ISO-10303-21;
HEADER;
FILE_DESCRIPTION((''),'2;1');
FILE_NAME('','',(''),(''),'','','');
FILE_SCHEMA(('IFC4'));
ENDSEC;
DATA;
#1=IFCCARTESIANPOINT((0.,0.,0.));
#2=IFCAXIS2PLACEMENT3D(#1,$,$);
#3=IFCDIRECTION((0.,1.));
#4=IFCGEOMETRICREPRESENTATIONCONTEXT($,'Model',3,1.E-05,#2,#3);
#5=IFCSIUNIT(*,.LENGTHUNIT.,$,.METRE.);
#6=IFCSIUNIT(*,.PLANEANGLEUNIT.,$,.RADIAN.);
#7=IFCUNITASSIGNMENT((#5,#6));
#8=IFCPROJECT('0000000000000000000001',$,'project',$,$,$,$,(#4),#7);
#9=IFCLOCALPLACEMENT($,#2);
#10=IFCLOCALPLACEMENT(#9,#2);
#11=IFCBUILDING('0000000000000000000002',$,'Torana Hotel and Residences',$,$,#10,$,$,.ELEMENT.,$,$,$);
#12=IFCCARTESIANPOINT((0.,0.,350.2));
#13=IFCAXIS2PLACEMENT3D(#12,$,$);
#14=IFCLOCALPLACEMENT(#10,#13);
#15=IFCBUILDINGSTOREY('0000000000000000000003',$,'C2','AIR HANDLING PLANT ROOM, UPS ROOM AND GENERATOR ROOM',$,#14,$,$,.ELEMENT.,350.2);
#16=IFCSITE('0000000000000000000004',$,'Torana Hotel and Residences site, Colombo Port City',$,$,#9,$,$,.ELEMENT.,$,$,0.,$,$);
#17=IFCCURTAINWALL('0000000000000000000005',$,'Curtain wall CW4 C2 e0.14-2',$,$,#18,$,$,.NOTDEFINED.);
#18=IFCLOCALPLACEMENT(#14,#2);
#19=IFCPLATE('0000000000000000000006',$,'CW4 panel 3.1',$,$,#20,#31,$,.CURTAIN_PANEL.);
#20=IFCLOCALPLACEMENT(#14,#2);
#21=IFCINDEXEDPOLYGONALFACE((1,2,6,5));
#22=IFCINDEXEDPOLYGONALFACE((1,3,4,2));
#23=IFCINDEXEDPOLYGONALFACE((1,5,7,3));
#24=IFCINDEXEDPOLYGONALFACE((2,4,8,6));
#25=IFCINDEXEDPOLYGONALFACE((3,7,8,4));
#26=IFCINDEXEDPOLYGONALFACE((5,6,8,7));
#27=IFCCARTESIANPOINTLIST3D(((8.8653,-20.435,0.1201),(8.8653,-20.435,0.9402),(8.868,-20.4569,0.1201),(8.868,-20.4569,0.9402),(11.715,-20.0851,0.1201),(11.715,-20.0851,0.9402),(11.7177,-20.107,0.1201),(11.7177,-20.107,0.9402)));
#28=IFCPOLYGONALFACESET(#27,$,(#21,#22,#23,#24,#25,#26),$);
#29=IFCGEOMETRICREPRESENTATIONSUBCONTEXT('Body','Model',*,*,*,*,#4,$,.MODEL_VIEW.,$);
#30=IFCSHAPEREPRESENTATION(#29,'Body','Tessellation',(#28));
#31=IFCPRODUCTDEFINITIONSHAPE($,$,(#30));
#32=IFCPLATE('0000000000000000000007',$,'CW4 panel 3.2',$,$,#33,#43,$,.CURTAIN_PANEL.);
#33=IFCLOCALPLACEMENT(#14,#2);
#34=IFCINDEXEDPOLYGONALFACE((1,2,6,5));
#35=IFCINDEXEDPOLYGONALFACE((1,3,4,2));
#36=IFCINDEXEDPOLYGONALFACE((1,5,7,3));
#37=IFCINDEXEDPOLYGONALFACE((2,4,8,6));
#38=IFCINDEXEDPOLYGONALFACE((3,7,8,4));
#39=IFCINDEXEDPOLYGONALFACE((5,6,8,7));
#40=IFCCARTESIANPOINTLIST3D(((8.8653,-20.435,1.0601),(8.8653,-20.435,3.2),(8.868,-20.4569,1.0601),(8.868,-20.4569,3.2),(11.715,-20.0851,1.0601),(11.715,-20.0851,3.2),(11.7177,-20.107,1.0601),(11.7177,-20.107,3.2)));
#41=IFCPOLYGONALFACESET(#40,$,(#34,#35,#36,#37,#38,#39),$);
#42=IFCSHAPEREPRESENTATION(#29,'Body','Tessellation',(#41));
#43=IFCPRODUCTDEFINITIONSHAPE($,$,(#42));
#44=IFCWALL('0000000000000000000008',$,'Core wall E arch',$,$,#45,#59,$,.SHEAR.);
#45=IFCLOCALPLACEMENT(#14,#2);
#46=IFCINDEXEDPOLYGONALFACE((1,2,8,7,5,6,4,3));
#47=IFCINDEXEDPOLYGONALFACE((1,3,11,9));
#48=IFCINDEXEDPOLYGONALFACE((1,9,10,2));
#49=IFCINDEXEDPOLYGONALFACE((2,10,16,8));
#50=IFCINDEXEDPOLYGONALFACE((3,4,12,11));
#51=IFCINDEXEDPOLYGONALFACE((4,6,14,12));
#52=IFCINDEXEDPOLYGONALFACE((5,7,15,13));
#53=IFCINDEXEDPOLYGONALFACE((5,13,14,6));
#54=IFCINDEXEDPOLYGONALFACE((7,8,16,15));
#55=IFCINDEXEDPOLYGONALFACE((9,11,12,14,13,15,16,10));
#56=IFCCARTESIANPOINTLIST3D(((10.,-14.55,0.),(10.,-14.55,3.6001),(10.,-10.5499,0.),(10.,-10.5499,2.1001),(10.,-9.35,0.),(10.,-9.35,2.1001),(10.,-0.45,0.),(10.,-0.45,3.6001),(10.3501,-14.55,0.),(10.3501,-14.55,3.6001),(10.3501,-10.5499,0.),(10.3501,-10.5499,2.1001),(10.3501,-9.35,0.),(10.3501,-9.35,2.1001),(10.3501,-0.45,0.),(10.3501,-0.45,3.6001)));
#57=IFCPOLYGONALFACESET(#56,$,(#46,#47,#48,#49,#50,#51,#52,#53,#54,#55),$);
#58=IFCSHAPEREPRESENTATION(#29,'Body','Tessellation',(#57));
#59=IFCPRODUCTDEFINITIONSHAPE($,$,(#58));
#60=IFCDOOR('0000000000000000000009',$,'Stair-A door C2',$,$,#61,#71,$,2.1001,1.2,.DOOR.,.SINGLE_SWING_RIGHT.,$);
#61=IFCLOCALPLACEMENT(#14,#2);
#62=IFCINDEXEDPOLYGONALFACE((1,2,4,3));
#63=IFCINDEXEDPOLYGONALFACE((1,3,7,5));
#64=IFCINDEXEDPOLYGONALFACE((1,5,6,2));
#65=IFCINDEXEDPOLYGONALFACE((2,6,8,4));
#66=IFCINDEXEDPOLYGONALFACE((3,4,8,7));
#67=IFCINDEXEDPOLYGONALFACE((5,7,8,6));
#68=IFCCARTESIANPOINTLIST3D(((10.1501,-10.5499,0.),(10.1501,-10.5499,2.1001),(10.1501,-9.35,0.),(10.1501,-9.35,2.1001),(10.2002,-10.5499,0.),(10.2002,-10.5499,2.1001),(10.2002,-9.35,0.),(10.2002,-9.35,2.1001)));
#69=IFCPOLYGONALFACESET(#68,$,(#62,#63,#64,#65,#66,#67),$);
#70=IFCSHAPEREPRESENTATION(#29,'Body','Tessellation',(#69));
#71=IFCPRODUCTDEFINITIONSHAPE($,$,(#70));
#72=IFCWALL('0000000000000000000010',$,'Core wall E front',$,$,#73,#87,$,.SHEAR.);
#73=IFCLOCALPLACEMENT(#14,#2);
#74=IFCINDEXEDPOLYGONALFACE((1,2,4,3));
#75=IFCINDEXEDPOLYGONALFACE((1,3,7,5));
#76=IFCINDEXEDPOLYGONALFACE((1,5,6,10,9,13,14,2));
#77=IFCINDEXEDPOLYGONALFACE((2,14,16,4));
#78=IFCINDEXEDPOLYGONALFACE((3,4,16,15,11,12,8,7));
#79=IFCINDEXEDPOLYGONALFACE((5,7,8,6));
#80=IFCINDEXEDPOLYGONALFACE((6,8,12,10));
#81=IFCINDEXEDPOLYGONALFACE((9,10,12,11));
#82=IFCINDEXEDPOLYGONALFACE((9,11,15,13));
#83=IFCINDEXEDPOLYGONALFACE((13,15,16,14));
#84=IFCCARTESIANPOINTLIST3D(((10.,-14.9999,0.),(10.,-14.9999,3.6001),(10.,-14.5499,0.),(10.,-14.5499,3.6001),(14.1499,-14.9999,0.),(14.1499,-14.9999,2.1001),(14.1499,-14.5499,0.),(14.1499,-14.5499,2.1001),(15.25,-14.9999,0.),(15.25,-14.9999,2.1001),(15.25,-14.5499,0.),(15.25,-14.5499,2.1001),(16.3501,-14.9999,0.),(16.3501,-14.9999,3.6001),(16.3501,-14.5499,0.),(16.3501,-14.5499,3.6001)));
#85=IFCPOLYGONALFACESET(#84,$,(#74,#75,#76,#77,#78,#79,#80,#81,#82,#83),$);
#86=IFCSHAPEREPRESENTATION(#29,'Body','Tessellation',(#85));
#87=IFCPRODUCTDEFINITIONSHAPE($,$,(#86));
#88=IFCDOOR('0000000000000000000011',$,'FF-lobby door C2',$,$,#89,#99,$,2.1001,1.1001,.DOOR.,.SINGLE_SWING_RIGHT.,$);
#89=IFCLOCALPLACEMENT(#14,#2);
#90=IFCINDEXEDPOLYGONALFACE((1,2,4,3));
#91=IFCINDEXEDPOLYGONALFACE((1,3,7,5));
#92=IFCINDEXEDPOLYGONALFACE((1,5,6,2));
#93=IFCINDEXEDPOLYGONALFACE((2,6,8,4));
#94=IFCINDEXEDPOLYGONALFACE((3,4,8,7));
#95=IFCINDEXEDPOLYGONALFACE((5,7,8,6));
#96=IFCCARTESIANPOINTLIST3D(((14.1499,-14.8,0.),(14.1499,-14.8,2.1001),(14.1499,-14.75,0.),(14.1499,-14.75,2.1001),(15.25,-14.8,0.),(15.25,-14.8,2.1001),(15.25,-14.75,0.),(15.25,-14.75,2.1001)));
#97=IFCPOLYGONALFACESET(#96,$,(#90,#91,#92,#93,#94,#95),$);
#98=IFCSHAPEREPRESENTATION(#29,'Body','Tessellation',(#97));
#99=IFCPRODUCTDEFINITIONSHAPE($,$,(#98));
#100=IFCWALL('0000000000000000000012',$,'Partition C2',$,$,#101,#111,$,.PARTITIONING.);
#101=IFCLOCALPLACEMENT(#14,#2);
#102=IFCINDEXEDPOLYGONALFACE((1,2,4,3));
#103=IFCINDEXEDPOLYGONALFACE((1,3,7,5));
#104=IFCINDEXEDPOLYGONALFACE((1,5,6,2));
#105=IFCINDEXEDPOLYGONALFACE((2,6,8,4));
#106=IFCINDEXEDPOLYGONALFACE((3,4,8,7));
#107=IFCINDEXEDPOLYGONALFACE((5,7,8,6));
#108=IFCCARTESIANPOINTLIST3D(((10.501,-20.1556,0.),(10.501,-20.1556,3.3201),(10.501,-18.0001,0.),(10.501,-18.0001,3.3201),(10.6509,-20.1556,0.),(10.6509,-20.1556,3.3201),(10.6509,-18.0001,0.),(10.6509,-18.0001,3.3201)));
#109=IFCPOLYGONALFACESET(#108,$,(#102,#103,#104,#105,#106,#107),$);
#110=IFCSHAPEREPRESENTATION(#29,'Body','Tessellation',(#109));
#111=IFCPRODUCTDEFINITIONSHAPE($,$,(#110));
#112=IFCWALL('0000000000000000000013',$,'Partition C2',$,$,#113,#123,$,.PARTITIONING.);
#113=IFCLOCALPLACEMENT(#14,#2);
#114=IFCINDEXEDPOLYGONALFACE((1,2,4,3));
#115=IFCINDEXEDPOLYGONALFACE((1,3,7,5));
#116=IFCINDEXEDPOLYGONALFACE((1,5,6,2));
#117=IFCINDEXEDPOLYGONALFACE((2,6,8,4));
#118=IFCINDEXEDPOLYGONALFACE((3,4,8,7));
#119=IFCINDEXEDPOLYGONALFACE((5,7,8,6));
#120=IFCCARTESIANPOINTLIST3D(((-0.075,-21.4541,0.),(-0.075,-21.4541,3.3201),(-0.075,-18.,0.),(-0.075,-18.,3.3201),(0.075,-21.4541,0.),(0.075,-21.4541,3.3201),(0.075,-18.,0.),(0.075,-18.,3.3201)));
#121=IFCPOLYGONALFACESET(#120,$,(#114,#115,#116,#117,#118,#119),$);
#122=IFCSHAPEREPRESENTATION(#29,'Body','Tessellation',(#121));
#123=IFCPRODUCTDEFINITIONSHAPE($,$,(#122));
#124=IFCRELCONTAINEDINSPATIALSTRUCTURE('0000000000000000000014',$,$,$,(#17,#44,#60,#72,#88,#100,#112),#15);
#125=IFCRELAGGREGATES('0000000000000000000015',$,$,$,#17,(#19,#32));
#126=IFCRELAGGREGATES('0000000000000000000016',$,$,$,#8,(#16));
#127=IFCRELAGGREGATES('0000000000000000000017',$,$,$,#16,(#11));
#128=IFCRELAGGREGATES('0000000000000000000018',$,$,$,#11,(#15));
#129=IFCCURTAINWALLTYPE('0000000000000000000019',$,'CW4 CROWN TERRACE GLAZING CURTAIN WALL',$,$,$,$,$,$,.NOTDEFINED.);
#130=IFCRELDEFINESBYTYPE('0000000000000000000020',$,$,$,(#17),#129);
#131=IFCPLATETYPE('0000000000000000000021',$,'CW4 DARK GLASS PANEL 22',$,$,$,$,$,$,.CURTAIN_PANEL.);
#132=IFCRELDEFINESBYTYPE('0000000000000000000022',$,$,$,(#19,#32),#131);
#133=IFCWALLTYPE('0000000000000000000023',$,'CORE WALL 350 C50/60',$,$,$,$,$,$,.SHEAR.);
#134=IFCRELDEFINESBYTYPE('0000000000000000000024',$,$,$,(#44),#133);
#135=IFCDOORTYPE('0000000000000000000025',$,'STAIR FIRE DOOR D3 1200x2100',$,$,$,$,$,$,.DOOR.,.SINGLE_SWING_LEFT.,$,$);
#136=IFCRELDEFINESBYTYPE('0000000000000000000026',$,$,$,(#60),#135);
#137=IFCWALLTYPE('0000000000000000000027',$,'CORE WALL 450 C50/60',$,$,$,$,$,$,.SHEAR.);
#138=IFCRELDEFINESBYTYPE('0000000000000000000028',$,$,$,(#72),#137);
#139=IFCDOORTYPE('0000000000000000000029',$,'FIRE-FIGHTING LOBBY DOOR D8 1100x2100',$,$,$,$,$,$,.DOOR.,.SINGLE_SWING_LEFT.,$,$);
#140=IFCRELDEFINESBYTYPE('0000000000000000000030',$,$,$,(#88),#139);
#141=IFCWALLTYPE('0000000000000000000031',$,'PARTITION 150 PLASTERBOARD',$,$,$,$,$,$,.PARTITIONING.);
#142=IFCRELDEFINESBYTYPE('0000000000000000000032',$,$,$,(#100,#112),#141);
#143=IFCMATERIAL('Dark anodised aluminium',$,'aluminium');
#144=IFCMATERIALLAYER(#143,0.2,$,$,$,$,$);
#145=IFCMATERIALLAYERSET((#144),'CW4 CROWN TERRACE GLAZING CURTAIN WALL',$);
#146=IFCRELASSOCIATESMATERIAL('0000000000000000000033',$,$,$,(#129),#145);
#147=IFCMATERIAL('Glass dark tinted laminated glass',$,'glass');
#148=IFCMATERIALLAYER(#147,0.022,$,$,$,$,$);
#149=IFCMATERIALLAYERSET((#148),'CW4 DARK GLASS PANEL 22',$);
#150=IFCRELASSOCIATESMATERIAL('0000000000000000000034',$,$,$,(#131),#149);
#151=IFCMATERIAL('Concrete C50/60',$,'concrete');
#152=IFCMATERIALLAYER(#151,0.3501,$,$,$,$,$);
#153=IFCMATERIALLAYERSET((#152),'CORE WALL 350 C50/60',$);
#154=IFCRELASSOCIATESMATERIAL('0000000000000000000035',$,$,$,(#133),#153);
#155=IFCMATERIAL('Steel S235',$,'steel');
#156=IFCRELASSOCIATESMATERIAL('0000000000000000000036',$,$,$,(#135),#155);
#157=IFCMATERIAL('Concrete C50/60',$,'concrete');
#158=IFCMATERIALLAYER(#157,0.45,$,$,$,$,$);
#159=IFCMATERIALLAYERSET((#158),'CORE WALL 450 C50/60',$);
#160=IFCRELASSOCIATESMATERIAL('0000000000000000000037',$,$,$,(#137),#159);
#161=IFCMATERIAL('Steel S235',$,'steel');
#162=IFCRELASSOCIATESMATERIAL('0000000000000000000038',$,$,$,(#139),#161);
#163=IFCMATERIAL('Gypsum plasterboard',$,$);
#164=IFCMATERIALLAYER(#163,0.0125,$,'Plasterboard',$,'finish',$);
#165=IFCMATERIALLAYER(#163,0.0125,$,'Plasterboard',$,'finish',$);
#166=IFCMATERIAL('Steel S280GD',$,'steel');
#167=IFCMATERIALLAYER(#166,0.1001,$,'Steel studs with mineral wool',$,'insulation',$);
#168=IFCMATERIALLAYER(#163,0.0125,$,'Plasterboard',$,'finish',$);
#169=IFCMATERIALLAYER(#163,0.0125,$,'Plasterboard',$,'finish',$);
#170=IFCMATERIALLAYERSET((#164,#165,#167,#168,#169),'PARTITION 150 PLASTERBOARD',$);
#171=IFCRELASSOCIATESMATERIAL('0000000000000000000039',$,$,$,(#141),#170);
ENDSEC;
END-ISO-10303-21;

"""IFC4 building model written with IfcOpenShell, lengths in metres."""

from ifc_helpers import new_model, si_unit, direction, frame, frame_2d, origin, origin_2d, place, context, subcontext, project, spatial, rectangle, extrude, material, layer, layer_set, type_object, element, fill, aggregate, save


model = new_model("IFC4")

# Units and contexts
model_context = context("Model", 3, precision=1e-05, world=origin(), true_north=direction((0.0, 1.0)))
body_context = subcontext(model_context, "Body", "Model", "MODEL_VIEW")
ifc_project = project(units=[si_unit("LENGTHUNIT", "METRE"), si_unit("PLANEANGLEUNIT", "RADIAN")], contexts=[model_context])

# Site, building, storey
site_placement = place(None, origin())
site = spatial("IfcSite", under=ifc_project, at=site_placement, Name="Torana Hotel and Residences site, Colombo Port City", CompositionType="ELEMENT", RefElevation=0.0)
building_placement = place(site_placement, origin())
building = spatial("IfcBuilding", under=site, at=building_placement, Name="Torana Hotel and Residences", CompositionType="ELEMENT")
storey_placement = place(building_placement, frame((0.0, 0.0, 350.2)))
storey = spatial("IfcBuildingStorey", under=building, at=storey_placement, Name="C2", Description="AIR HANDLING PLANT ROOM, UPS ROOM AND GENERATOR ROOM", CompositionType="ELEMENT", Elevation=350.2)

# Shared definitions
ifc_material_1 = material(Name="Dark anodised aluminium", Category="aluminium")
ifc_layer_1 = layer(ifc_material_1, 0.2)
ifc_layer_set_1 = layer_set([ifc_layer_1], Name="CW4 CROWN TERRACE GLAZING CURTAIN WALL")
curtain_wall_type = type_object("IfcCurtainWallType", Name="CW4 CROWN TERRACE GLAZING CURTAIN WALL", PredefinedType="NOTDEFINED", material=ifc_layer_set_1)

# Curtain wall, plates
curtain_wall_1_placement = place(storey_placement, origin())
curtain_wall_1 = element("IfcCurtainWall", 1, at=curtain_wall_1_placement, inside=storey, type_object=curtain_wall_type, Name="Curtain wall CW4 C2 e0.14-2", PredefinedType="NOTDEFINED")
ifc_material_2 = material(Name="Glass dark tinted laminated glass", Category="glass")
ifc_layer_2 = layer(ifc_material_2, 0.022)
ifc_layer_set_2 = layer_set([ifc_layer_2], Name="CW4 DARK GLASS PANEL 22")
plate_type = type_object("IfcPlateType", Name="CW4 DARK GLASS PANEL 22", PredefinedType="CURTAIN_PANEL", material=ifc_layer_set_2)
plate_1_placement = place(storey_placement, frame((10.2915, -20.271, 0.1201), z_axis=(0.0, 0.0, 1.0), x_axis=(0.992546, 0.12187, 0.0)))
plate_1 = element("IfcPlate", 2, at=plate_1_placement, type_object=plate_type, Name="CW4 panel 3.1", PredefinedType="CURTAIN_PANEL", context=body_context, shape_type="SweptSolid", body=[
    extrude(rectangle(XDim=2.8711, YDim=0.022, at=origin_2d()), origin(), (0.0, 0.0, 1.0), 0.8201),
])
plate_2_placement = place(storey_placement, frame((10.2915, -20.271, 1.0601), z_axis=(0.0, 0.0, 1.0), x_axis=(0.992546, 0.12187, 0.0)))
plate_2 = element("IfcPlate", 3, at=plate_2_placement, type_object=plate_type, Name="CW4 panel 3.2", PredefinedType="CURTAIN_PANEL", context=body_context, shape_type="SweptSolid", body=[
    extrude(rectangle(XDim=2.8711, YDim=0.022, at=origin_2d()), origin(), (0.0, 0.0, 1.0), 2.1399),
])
aggregate(curtain_wall_1, [plate_1, plate_2])

# Walls, openings, doors
ifc_material_3 = material(Name="Concrete C50/60", Category="concrete")
ifc_layer_3 = layer(ifc_material_3, 0.3501)
ifc_layer_set_3 = layer_set([ifc_layer_3], Name="CORE WALL 350 C50/60")
wall_type_1 = type_object("IfcWallType", Name="CORE WALL 350 C50/60", PredefinedType="SHEAR", material=ifc_layer_set_3)
wall_1_placement = place(storey_placement, frame((10.175, -14.55, 0.0), z_axis=(0.0, 0.0, 1.0), x_axis=(0.0, 1.0, 0.0)))
wall_1 = element("IfcWall", 4, at=wall_1_placement, inside=storey, type_object=wall_type_1, Name="Core wall E arch", PredefinedType="SHEAR", context=body_context, shape_type="SweptSolid", body=[
    extrude(rectangle(XDim=14.1001, YDim=0.3501, at=frame_2d((7.05, 0.0))), origin(), (0.0, 0.0, 1.0), 3.6001),
])
opening_1_placement = place(wall_1_placement, frame((4.0, 0.0, 0.0)))
opening_1 = element("IfcOpeningElement", 5, at=opening_1_placement, cuts=wall_1, PredefinedType="OPENING", context=body_context, shape_type="SweptSolid", body=[
    extrude(rectangle(XDim=1.2, YDim=2.1001, at=frame_2d((0.6001, 1.05))), frame((0.0, 0.1851, 0.0), z_axis=(0.0, -1.0, 0.0), x_axis=(1.0, 0.0, 0.0)), (0.0, 0.0, 1.0), 0.3701),
])
ifc_material_4 = material(Name="Steel S235", Category="steel")
door_type_1 = type_object("IfcDoorType", Name="STAIR FIRE DOOR D3 1200x2100", OperationType="SINGLE_SWING_LEFT", PredefinedType="DOOR", material=ifc_material_4)
door_1_placement = place(opening_1_placement, frame((0.6001, 0.0, 0.0), z_axis=(0.0, 0.0, 1.0), x_axis=(-1.0, 0.0, 0.0)))
door_1 = element("IfcDoor", 6, at=door_1_placement, inside=storey, type_object=door_type_1, Name="Stair-A door C2", OperationType="SINGLE_SWING_RIGHT", OverallHeight=2.1001, OverallWidth=1.2, PredefinedType="DOOR", context=body_context, shape_type="SweptSolid", body=[
    extrude(rectangle(XDim=1.2, YDim=2.1001, at=frame_2d((0.0, 1.05))), frame((0.0, -0.0249, 0.0), z_axis=(0.0, 1.0, 0.0), x_axis=(-1.0, 0.0, 0.0)), (0.0, 0.0, 1.0), 0.05),
])
fill(opening_1, door_1)
ifc_material_5 = material(Name="Concrete C50/60", Category="concrete")
ifc_layer_4 = layer(ifc_material_5, 0.45)
ifc_layer_set_4 = layer_set([ifc_layer_4], Name="CORE WALL 450 C50/60")
wall_type_2 = type_object("IfcWallType", Name="CORE WALL 450 C50/60", PredefinedType="SHEAR", material=ifc_layer_set_4)
wall_2_placement = place(storey_placement, frame((10.0, -14.7749, 0.0), z_axis=(0.0, 0.0, 1.0), x_axis=(1.0, 0.0, 0.0)))
wall_2 = element("IfcWall", 7, at=wall_2_placement, inside=storey, type_object=wall_type_2, Name="Core wall E front", PredefinedType="SHEAR", context=body_context, shape_type="SweptSolid", body=[
    extrude(rectangle(XDim=6.3501, YDim=0.45, at=frame_2d((3.175, 0.0))), origin(), (0.0, 0.0, 1.0), 3.6001),
])
opening_2_placement = place(wall_2_placement, frame((4.1499, 0.0, 0.0)))
opening_2 = element("IfcOpeningElement", 8, at=opening_2_placement, cuts=wall_2, PredefinedType="OPENING", context=body_context, shape_type="SweptSolid", body=[
    extrude(rectangle(XDim=1.1001, YDim=2.1001, at=frame_2d((0.55, 1.05))), frame((0.0, 0.2349, 0.0), z_axis=(0.0, -1.0, 0.0), x_axis=(1.0, 0.0, 0.0)), (0.0, 0.0, 1.0), 0.47),
])
ifc_material_6 = material(Name="Steel S235", Category="steel")
door_type_2 = type_object("IfcDoorType", Name="FIRE-FIGHTING LOBBY DOOR D8 1100x2100", OperationType="SINGLE_SWING_LEFT", PredefinedType="DOOR", material=ifc_material_6)
door_2_placement = place(opening_2_placement, origin())
door_2 = element("IfcDoor", 9, at=door_2_placement, inside=storey, type_object=door_type_2, Name="FF-lobby door C2", OperationType="SINGLE_SWING_RIGHT", OverallHeight=2.1001, OverallWidth=1.1001, PredefinedType="DOOR", context=body_context, shape_type="SweptSolid", body=[
    extrude(rectangle(XDim=1.1001, YDim=2.1001, at=frame_2d((0.55, 1.05))), frame((0.0, 0.0249, 0.0), z_axis=(0.0, -1.0, 0.0), x_axis=(1.0, 0.0, 0.0)), (0.0, 0.0, 1.0), 0.05),
])
fill(opening_2, door_2)

# Walls
ifc_material_7 = material(Name="Gypsum plasterboard")
ifc_layer_5 = layer(ifc_material_7, 0.0125, Name="Plasterboard", Category="finish")
ifc_layer_6 = layer(ifc_material_7, 0.0125, Name="Plasterboard", Category="finish")
ifc_material_8 = material(Name="Steel S280GD", Category="steel")
ifc_layer_7 = layer(ifc_material_8, 0.1001, Name="Steel studs with mineral wool", Category="insulation")
ifc_layer_8 = layer(ifc_material_7, 0.0125, Name="Plasterboard", Category="finish")
ifc_layer_9 = layer(ifc_material_7, 0.0125, Name="Plasterboard", Category="finish")
ifc_layer_set_5 = layer_set([ifc_layer_5, ifc_layer_6, ifc_layer_7, ifc_layer_8, ifc_layer_9], Name="PARTITION 150 PLASTERBOARD")
wall_type_3 = type_object("IfcWallType", Name="PARTITION 150 PLASTERBOARD", PredefinedType="PARTITIONING", material=ifc_layer_set_5)
wall_3_placement = place(storey_placement, frame((10.5759, -20.1555, 0.0), z_axis=(0.0, 0.0, 1.0), x_axis=(0.0, 1.0, 0.0)))
element("IfcWall", 10, at=wall_3_placement, inside=storey, type_object=wall_type_3, Name="Partition C2", PredefinedType="PARTITIONING", context=body_context, shape_type="SweptSolid", body=[
    extrude(rectangle(XDim=2.1555, YDim=0.1499, at=frame_2d((1.0776, 0.0))), origin(), (0.0, 0.0, 1.0), 3.3201),
])
wall_4_placement = place(storey_placement, frame((0.0, -21.4541, 0.0), z_axis=(0.0, 0.0, 1.0), x_axis=(0.0, 1.0, 0.0)))
element("IfcWall", 11, at=wall_4_placement, inside=storey, type_object=wall_type_3, Name="Partition C2", PredefinedType="PARTITIONING", context=body_context, shape_type="SweptSolid", body=[
    extrude(rectangle(XDim=3.4541, YDim=0.1499, at=frame_2d((1.7271, 0.0))), origin(), (0.0, 0.0, 1.0), 3.3201),
])

save(model, "model.ifc")
